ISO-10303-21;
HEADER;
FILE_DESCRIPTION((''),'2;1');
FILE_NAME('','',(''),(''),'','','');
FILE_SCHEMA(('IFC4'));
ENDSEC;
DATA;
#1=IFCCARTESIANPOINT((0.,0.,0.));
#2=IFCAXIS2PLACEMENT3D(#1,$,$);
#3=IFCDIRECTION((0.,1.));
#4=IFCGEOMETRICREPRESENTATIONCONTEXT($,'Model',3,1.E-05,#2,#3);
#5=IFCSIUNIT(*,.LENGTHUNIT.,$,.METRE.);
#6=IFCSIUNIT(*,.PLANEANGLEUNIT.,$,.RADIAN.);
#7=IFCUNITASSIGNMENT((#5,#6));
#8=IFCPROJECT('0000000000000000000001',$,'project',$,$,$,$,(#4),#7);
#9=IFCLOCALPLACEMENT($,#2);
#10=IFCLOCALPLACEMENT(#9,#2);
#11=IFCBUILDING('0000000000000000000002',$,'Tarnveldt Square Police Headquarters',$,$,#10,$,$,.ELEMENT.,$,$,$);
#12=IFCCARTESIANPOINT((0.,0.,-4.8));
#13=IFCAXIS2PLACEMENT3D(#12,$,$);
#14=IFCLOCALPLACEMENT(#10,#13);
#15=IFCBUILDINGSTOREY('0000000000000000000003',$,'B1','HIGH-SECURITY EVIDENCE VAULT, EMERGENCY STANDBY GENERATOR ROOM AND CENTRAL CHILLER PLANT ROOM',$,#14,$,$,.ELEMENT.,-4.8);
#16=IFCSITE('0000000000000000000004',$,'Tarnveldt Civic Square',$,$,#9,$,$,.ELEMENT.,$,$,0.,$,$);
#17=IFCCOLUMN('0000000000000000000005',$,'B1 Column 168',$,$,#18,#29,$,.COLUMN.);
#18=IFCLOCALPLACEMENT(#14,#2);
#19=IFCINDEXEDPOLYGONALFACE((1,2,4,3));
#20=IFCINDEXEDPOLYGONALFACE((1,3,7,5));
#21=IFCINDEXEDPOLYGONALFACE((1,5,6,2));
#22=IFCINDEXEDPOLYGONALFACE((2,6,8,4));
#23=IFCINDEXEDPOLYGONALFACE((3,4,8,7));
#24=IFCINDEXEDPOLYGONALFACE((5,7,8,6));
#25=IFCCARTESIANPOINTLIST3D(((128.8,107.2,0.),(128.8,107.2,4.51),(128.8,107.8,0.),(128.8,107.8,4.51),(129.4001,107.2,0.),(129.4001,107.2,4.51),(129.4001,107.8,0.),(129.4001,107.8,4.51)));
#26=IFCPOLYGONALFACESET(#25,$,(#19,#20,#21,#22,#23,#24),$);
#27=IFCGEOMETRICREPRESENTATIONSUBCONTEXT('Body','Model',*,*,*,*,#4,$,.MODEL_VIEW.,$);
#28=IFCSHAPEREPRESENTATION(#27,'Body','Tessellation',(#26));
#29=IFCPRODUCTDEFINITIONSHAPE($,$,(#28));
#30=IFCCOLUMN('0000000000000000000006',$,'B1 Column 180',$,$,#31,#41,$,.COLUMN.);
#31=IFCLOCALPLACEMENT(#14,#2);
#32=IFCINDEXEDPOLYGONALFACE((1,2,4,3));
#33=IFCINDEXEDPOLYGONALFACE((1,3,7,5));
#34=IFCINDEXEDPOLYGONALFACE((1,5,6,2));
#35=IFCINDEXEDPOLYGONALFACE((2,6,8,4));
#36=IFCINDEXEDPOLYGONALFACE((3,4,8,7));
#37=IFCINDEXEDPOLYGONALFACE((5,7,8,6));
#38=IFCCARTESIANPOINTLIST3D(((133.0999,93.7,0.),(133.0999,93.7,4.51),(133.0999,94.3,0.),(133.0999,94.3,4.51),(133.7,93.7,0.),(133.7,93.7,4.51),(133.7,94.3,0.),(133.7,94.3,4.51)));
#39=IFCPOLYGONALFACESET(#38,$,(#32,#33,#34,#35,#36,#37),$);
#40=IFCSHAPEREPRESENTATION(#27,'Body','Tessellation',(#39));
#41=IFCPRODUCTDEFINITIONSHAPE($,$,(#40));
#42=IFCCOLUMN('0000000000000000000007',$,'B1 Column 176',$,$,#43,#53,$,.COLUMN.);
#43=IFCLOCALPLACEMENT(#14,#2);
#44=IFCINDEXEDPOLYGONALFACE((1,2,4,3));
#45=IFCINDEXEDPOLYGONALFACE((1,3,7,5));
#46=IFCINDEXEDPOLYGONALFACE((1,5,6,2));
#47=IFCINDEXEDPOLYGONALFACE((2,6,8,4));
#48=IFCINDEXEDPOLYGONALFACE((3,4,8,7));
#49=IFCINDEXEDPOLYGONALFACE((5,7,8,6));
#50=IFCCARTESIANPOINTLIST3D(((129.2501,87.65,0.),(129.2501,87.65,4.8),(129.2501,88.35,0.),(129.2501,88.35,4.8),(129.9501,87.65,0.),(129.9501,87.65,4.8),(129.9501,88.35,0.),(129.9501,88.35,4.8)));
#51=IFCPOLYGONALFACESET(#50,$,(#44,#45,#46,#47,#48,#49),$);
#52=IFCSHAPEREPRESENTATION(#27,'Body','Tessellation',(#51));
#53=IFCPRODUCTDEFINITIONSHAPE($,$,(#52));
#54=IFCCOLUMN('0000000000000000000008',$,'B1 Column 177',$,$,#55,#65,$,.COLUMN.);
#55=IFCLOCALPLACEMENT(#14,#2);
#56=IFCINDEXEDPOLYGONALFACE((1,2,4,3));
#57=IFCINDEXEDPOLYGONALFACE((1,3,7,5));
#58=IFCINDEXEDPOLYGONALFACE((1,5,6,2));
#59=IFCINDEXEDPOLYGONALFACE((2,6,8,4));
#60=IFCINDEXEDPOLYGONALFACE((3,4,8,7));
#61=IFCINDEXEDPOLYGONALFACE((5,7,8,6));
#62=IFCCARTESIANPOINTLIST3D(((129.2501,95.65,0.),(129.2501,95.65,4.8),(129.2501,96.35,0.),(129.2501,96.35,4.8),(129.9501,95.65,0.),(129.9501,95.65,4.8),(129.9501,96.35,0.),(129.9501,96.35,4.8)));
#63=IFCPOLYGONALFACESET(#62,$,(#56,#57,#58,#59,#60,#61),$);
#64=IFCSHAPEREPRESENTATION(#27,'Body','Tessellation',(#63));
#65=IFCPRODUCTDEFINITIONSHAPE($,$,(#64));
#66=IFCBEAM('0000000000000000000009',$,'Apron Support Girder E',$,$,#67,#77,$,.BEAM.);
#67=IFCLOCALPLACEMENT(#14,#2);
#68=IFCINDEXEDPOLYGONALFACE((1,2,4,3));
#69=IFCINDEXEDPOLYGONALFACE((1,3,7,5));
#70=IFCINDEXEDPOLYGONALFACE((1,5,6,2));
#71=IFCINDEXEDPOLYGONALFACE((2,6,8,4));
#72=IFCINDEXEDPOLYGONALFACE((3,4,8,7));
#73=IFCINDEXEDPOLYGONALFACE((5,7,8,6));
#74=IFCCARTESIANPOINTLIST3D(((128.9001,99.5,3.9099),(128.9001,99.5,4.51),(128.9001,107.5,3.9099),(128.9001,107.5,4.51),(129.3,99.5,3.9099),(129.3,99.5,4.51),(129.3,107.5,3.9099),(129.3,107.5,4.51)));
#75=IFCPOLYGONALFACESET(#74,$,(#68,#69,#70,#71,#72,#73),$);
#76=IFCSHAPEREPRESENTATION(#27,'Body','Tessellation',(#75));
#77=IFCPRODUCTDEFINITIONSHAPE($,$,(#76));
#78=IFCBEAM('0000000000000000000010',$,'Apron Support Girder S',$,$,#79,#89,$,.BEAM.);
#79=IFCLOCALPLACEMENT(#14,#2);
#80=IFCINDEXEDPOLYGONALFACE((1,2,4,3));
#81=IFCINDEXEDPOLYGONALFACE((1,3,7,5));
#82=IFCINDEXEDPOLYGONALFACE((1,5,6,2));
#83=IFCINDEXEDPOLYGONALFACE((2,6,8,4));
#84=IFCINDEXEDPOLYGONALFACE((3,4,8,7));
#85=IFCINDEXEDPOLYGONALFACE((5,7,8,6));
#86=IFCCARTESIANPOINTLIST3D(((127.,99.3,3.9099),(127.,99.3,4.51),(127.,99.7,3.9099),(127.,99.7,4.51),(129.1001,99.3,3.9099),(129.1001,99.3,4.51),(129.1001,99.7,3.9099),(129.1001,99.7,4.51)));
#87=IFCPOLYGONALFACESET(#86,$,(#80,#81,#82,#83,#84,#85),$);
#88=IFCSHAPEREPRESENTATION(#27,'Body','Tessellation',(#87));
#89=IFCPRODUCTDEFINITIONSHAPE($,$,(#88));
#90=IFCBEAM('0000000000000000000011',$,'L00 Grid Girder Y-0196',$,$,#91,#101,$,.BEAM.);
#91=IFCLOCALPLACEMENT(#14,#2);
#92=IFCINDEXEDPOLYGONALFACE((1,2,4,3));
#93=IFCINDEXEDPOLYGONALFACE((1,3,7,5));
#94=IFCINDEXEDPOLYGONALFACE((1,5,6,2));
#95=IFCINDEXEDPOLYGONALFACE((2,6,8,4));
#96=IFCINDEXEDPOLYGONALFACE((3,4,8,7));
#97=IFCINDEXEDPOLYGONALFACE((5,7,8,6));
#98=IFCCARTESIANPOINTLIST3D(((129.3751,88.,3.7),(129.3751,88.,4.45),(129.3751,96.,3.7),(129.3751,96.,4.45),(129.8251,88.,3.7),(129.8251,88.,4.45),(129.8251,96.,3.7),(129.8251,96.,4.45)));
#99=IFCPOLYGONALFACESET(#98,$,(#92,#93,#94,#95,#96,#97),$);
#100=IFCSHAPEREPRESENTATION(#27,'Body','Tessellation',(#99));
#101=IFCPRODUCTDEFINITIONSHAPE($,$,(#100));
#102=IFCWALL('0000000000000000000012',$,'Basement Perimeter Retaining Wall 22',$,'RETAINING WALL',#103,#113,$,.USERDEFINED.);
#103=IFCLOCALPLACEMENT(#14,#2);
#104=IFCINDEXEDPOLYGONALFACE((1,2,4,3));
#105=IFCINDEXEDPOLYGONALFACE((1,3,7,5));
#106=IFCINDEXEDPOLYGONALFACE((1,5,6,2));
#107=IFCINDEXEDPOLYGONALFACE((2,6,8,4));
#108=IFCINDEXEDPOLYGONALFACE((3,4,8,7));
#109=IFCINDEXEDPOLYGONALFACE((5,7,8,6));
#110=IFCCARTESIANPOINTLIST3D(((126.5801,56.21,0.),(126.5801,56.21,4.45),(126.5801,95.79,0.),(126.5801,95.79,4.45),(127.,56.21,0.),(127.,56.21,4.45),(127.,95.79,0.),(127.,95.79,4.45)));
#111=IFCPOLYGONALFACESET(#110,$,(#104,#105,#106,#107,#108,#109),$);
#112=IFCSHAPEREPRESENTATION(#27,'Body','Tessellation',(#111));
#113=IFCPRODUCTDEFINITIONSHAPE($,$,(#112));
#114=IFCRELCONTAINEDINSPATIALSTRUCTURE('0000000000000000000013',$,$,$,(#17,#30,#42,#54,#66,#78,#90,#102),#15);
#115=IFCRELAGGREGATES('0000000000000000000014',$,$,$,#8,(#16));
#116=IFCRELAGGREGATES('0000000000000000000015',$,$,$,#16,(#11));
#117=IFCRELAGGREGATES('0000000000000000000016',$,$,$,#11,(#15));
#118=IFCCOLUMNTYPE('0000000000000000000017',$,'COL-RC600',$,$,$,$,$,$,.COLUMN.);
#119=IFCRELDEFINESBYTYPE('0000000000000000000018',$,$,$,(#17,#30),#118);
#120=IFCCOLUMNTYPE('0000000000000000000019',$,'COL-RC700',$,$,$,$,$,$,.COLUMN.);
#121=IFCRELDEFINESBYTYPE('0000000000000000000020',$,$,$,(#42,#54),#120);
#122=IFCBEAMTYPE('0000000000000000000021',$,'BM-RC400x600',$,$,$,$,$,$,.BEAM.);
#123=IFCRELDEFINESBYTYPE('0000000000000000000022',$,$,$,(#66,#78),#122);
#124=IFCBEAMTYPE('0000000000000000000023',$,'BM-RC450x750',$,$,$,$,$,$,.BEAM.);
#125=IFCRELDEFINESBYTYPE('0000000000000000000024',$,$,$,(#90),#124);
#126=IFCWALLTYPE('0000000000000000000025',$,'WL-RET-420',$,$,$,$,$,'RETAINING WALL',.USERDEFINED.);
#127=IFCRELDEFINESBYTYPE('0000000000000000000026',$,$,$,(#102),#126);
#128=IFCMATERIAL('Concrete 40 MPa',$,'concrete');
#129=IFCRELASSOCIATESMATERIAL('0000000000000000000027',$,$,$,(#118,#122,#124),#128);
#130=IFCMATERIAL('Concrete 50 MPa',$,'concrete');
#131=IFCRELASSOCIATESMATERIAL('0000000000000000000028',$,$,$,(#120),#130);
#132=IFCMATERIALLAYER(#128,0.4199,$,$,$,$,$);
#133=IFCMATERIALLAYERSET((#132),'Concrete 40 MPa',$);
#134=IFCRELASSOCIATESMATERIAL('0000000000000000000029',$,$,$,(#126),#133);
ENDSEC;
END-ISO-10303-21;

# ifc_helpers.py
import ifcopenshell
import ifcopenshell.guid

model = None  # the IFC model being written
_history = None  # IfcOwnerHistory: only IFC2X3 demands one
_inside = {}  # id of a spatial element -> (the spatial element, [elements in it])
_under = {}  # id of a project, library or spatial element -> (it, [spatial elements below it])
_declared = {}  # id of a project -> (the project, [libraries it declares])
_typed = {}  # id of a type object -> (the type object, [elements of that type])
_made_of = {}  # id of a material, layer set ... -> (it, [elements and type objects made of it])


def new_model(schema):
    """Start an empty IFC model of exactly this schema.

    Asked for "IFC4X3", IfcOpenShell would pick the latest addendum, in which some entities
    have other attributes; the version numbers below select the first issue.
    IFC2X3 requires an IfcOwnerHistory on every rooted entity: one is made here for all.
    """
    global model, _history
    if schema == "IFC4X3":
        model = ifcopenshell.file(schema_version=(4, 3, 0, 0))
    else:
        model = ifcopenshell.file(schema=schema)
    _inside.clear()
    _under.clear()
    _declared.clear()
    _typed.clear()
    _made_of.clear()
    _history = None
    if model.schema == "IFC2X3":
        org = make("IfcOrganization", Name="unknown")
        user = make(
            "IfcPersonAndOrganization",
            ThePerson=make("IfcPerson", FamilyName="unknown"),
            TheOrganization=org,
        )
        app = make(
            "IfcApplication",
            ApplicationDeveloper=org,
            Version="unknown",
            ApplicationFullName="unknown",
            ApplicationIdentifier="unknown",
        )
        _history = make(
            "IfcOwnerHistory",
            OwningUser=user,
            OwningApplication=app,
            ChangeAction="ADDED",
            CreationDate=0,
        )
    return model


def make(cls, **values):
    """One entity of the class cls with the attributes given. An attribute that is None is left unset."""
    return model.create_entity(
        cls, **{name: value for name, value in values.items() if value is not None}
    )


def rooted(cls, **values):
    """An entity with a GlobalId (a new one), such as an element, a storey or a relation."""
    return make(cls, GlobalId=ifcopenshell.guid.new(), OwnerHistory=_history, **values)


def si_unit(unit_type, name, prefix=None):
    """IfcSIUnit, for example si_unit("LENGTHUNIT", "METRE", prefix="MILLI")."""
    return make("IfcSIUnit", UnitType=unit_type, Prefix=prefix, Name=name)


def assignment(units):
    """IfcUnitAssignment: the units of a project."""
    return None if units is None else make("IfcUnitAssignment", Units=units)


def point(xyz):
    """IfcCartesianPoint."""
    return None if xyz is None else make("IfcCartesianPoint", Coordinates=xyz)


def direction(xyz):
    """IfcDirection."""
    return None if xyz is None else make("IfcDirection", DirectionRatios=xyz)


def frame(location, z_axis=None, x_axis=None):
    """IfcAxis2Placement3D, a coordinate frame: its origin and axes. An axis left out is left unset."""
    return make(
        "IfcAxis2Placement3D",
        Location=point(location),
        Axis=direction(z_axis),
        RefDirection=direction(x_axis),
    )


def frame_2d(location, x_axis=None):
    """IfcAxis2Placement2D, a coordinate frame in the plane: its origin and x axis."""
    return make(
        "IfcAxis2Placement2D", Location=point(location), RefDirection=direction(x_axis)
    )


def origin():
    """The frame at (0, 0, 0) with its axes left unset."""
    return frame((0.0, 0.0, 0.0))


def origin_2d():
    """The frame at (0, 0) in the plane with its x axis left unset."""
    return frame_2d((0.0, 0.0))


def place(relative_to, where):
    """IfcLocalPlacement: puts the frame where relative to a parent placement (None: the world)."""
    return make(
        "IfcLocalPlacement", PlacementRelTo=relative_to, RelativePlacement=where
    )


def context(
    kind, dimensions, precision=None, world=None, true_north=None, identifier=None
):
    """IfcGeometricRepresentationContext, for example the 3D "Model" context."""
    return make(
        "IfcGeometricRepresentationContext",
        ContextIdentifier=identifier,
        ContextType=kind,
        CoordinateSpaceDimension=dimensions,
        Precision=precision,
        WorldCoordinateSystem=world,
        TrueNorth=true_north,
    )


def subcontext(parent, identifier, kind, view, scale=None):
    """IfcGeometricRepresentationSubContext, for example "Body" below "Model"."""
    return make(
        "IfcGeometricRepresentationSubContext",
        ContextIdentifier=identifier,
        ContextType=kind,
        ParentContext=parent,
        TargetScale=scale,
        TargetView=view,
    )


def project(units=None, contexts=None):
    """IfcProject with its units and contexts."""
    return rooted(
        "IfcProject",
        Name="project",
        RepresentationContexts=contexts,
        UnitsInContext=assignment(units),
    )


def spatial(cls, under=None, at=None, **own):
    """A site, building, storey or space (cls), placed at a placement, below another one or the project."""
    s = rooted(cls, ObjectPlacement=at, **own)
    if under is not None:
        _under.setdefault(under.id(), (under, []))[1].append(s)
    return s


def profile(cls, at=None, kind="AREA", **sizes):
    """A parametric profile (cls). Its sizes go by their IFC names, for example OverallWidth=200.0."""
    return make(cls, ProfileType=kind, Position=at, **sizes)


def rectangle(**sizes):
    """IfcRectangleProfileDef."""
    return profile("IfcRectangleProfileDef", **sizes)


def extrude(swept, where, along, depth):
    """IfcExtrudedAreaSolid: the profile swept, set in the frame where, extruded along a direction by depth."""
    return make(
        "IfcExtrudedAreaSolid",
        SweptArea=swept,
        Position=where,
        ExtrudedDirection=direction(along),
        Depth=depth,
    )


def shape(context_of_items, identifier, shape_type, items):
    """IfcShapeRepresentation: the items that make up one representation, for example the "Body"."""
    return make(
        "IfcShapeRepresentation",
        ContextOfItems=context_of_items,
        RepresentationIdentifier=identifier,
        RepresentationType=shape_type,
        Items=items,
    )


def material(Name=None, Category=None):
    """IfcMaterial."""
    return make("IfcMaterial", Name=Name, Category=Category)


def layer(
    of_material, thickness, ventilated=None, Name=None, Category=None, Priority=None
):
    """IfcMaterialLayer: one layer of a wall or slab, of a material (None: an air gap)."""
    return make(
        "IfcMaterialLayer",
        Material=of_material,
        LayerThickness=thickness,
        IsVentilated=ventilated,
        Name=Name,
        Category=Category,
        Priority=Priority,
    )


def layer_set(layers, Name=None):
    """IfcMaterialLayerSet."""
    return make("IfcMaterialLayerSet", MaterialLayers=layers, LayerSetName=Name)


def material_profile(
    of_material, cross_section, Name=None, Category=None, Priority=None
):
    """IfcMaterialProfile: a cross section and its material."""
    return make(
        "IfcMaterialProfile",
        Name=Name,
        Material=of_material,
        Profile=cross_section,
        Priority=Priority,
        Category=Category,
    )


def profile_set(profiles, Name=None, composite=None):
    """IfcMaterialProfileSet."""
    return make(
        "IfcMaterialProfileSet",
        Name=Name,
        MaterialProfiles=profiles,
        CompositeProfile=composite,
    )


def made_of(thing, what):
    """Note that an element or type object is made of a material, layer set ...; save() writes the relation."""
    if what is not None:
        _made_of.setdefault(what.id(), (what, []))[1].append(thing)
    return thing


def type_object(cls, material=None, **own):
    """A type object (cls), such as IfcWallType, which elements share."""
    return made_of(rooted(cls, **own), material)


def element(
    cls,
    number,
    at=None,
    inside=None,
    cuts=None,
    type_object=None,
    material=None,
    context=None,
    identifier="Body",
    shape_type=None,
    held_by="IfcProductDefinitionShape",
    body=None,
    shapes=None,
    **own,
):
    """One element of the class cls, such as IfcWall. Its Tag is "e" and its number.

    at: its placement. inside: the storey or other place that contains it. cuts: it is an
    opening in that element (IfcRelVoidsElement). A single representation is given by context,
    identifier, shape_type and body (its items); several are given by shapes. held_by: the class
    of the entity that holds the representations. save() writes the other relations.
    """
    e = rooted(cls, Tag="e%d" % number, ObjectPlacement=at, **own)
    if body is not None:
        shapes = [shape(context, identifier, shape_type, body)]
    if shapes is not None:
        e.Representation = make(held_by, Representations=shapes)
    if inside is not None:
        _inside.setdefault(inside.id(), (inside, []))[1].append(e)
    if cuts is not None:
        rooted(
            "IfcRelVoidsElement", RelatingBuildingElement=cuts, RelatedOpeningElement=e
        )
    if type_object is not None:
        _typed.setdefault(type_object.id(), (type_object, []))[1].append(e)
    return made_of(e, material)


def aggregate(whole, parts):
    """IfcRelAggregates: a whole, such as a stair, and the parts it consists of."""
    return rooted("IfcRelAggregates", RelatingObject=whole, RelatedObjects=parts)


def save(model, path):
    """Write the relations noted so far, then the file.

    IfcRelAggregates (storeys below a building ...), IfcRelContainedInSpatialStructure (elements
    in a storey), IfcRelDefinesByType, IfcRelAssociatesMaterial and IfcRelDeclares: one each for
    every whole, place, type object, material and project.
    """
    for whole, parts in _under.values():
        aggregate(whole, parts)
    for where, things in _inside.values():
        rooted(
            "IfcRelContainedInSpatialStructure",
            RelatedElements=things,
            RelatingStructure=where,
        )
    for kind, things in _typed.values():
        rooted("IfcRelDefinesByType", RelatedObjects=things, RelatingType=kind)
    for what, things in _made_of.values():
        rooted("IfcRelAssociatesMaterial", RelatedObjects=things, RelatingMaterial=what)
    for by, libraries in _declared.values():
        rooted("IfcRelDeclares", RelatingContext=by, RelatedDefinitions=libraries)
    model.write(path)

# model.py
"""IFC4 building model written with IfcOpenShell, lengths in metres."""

from ifc_helpers import new_model, si_unit, direction, frame, frame_2d, origin, origin_2d, place, context, subcontext, project, spatial, rectangle, extrude, material, layer, layer_set, material_profile, profile_set, type_object, element, save


model = new_model("IFC4")

# Units and contexts
model_context = context("Model", 3, precision=1e-05, world=origin(), true_north=direction((0.0, 1.0)))
body_context = subcontext(model_context, "Body", "Model", "MODEL_VIEW")
ifc_project = project(units=[si_unit("LENGTHUNIT", "METRE"), si_unit("PLANEANGLEUNIT", "RADIAN")], contexts=[model_context])

# Site, building, storey
site_placement = place(None, origin())
site = spatial("IfcSite", under=ifc_project, at=site_placement, Name="Tarnveldt Civic Square", CompositionType="ELEMENT", RefElevation=0.0)
building_placement = place(site_placement, origin())
building = spatial("IfcBuilding", under=site, at=building_placement, Name="Tarnveldt Square Police Headquarters", CompositionType="ELEMENT")
storey_placement = place(building_placement, frame((0.0, 0.0, -4.8)))
storey = spatial("IfcBuildingStorey", under=building, at=storey_placement, Name="B1", Description="HIGH-SECURITY EVIDENCE VAULT, EMERGENCY STANDBY GENERATOR ROOM AND CENTRAL CHILLER PLANT ROOM", CompositionType="ELEMENT", Elevation=-4.8)

# Columns
ifc_material_1 = material(Name="Concrete 40 MPa", Category="concrete")
ifc_material_profile_1 = material_profile(ifc_material_1, rectangle(XDim=0.6001, YDim=0.6001, at=origin_2d()), Name="RC-C600x600")
ifc_profile_set_1 = profile_set([ifc_material_profile_1], Name="Concrete 40 MPa")
column_type_1 = type_object("IfcColumnType", Name="COL-RC600", PredefinedType="COLUMN", material=ifc_profile_set_1)
for number, where, z_axis, x_axis, name in (
    (1, (129.1001, 107.5, 0.0), (0.0, 0.0, 1.0), (1.0, 0.0, 0.0), "B1 Column 168"),
    (2, (133.3999, 94.0, 0.0), (0.0, 0.0, 1.0), (1.0, 0.0, 0.0), "B1 Column 180"),
):
    element("IfcColumn", number, at=place(storey_placement, frame(where, z_axis=z_axis, x_axis=x_axis)), inside=storey, type_object=column_type_1, Name=name, PredefinedType="COLUMN", context=body_context, shape_type="SweptSolid", body=[
        extrude(rectangle(XDim=0.6001, YDim=0.6001, at=origin_2d()), origin(), (0.0, 0.0, 1.0), 4.51),
    ])
ifc_material_2 = material(Name="Concrete 50 MPa", Category="concrete")
ifc_material_profile_2 = material_profile(ifc_material_2, rectangle(XDim=0.7, YDim=0.7, at=origin_2d()), Name="RC-C700x700")
ifc_profile_set_2 = profile_set([ifc_material_profile_2], Name="Concrete 50 MPa")
column_type_2 = type_object("IfcColumnType", Name="COL-RC700", PredefinedType="COLUMN", material=ifc_profile_set_2)
for number, where, z_axis, x_axis, name in (
    (3, (129.6001, 88.0, 0.0), (0.0, 0.0, 1.0), (1.0, 0.0, 0.0), "B1 Column 176"),
    (4, (129.6001, 96.0, 0.0), (0.0, 0.0, 1.0), (1.0, 0.0, 0.0), "B1 Column 177"),
):
    element("IfcColumn", number, at=place(storey_placement, frame(where, z_axis=z_axis, x_axis=x_axis)), inside=storey, type_object=column_type_2, Name=name, PredefinedType="COLUMN", context=body_context, shape_type="SweptSolid", body=[
        extrude(rectangle(XDim=0.7, YDim=0.7, at=origin_2d()), origin(), (0.0, 0.0, 1.0), 4.8),
    ])

# Beams
ifc_material_profile_3 = material_profile(ifc_material_1, rectangle(XDim=0.3999, YDim=0.6001, at=origin_2d()), Name="RC-B400x600")
ifc_profile_set_3 = profile_set([ifc_material_profile_3], Name="Concrete 40 MPa")
beam_type_1 = type_object("IfcBeamType", Name="BM-RC400x600", PredefinedType="BEAM", material=ifc_profile_set_3)
beam_1_placement = place(storey_placement, frame((129.1001, 99.5, 4.21), z_axis=(0.0, 1.0, 0.0), x_axis=(-1.0, 0.0, 0.0)))
element("IfcBeam", 5, at=beam_1_placement, inside=storey, type_object=beam_type_1, Name="Apron Support Girder E", PredefinedType="BEAM", context=body_context, shape_type="SweptSolid", body=[
    extrude(rectangle(XDim=0.3999, YDim=0.6001, at=origin_2d()), origin(), (0.0, 0.0, 1.0), 8.0),
])
beam_2_placement = place(storey_placement, frame((127.0, 99.5, 4.21), z_axis=(1.0, 0.0, 0.0), x_axis=(0.0, 1.0, 0.0)))
element("IfcBeam", 6, at=beam_2_placement, inside=storey, type_object=beam_type_1, Name="Apron Support Girder S", PredefinedType="BEAM", context=body_context, shape_type="SweptSolid", body=[
    extrude(rectangle(XDim=0.3999, YDim=0.6001, at=origin_2d()), origin(), (0.0, 0.0, 1.0), 2.1001),
])
ifc_material_profile_4 = material_profile(ifc_material_1, rectangle(XDim=0.45, YDim=0.75, at=origin_2d()), Name="RC-B450x750")
ifc_profile_set_4 = profile_set([ifc_material_profile_4], Name="Concrete 40 MPa")
beam_type_2 = type_object("IfcBeamType", Name="BM-RC450x750", PredefinedType="BEAM", material=ifc_profile_set_4)
beam_3_placement = place(storey_placement, frame((129.6001, 88.0, 4.075), z_axis=(0.0, 1.0, 0.0), x_axis=(-1.0, 0.0, 0.0)))
element("IfcBeam", 7, at=beam_3_placement, inside=storey, type_object=beam_type_2, Name="L00 Grid Girder Y-0196", PredefinedType="BEAM", context=body_context, shape_type="SweptSolid", body=[
    extrude(rectangle(XDim=0.45, YDim=0.75, at=origin_2d()), origin(), (0.0, 0.0, 1.0), 8.0),
])

# Wall
ifc_layer = layer(ifc_material_1, 0.4199)
ifc_layer_set = layer_set([ifc_layer], Name="Concrete 40 MPa")
wall_type = type_object("IfcWallType", Name="WL-RET-420", ElementType="RETAINING WALL", PredefinedType="USERDEFINED", material=ifc_layer_set)
wall_placement = place(storey_placement, frame((126.79, 95.79, 0.0), z_axis=(0.0, 0.0, 1.0), x_axis=(0.0, -1.0, 0.0)))
element("IfcWall", 8, at=wall_placement, inside=storey, type_object=wall_type, Name="Basement Perimeter Retaining Wall 22", ObjectType="RETAINING WALL", PredefinedType="USERDEFINED", context=body_context, shape_type="SweptSolid", body=[
    extrude(rectangle(XDim=39.5801, YDim=0.4199, at=frame_2d((19.79, 0.0))), origin(), (0.0, 0.0, 1.0), 4.45),
])

save(model, "model.ifc")
